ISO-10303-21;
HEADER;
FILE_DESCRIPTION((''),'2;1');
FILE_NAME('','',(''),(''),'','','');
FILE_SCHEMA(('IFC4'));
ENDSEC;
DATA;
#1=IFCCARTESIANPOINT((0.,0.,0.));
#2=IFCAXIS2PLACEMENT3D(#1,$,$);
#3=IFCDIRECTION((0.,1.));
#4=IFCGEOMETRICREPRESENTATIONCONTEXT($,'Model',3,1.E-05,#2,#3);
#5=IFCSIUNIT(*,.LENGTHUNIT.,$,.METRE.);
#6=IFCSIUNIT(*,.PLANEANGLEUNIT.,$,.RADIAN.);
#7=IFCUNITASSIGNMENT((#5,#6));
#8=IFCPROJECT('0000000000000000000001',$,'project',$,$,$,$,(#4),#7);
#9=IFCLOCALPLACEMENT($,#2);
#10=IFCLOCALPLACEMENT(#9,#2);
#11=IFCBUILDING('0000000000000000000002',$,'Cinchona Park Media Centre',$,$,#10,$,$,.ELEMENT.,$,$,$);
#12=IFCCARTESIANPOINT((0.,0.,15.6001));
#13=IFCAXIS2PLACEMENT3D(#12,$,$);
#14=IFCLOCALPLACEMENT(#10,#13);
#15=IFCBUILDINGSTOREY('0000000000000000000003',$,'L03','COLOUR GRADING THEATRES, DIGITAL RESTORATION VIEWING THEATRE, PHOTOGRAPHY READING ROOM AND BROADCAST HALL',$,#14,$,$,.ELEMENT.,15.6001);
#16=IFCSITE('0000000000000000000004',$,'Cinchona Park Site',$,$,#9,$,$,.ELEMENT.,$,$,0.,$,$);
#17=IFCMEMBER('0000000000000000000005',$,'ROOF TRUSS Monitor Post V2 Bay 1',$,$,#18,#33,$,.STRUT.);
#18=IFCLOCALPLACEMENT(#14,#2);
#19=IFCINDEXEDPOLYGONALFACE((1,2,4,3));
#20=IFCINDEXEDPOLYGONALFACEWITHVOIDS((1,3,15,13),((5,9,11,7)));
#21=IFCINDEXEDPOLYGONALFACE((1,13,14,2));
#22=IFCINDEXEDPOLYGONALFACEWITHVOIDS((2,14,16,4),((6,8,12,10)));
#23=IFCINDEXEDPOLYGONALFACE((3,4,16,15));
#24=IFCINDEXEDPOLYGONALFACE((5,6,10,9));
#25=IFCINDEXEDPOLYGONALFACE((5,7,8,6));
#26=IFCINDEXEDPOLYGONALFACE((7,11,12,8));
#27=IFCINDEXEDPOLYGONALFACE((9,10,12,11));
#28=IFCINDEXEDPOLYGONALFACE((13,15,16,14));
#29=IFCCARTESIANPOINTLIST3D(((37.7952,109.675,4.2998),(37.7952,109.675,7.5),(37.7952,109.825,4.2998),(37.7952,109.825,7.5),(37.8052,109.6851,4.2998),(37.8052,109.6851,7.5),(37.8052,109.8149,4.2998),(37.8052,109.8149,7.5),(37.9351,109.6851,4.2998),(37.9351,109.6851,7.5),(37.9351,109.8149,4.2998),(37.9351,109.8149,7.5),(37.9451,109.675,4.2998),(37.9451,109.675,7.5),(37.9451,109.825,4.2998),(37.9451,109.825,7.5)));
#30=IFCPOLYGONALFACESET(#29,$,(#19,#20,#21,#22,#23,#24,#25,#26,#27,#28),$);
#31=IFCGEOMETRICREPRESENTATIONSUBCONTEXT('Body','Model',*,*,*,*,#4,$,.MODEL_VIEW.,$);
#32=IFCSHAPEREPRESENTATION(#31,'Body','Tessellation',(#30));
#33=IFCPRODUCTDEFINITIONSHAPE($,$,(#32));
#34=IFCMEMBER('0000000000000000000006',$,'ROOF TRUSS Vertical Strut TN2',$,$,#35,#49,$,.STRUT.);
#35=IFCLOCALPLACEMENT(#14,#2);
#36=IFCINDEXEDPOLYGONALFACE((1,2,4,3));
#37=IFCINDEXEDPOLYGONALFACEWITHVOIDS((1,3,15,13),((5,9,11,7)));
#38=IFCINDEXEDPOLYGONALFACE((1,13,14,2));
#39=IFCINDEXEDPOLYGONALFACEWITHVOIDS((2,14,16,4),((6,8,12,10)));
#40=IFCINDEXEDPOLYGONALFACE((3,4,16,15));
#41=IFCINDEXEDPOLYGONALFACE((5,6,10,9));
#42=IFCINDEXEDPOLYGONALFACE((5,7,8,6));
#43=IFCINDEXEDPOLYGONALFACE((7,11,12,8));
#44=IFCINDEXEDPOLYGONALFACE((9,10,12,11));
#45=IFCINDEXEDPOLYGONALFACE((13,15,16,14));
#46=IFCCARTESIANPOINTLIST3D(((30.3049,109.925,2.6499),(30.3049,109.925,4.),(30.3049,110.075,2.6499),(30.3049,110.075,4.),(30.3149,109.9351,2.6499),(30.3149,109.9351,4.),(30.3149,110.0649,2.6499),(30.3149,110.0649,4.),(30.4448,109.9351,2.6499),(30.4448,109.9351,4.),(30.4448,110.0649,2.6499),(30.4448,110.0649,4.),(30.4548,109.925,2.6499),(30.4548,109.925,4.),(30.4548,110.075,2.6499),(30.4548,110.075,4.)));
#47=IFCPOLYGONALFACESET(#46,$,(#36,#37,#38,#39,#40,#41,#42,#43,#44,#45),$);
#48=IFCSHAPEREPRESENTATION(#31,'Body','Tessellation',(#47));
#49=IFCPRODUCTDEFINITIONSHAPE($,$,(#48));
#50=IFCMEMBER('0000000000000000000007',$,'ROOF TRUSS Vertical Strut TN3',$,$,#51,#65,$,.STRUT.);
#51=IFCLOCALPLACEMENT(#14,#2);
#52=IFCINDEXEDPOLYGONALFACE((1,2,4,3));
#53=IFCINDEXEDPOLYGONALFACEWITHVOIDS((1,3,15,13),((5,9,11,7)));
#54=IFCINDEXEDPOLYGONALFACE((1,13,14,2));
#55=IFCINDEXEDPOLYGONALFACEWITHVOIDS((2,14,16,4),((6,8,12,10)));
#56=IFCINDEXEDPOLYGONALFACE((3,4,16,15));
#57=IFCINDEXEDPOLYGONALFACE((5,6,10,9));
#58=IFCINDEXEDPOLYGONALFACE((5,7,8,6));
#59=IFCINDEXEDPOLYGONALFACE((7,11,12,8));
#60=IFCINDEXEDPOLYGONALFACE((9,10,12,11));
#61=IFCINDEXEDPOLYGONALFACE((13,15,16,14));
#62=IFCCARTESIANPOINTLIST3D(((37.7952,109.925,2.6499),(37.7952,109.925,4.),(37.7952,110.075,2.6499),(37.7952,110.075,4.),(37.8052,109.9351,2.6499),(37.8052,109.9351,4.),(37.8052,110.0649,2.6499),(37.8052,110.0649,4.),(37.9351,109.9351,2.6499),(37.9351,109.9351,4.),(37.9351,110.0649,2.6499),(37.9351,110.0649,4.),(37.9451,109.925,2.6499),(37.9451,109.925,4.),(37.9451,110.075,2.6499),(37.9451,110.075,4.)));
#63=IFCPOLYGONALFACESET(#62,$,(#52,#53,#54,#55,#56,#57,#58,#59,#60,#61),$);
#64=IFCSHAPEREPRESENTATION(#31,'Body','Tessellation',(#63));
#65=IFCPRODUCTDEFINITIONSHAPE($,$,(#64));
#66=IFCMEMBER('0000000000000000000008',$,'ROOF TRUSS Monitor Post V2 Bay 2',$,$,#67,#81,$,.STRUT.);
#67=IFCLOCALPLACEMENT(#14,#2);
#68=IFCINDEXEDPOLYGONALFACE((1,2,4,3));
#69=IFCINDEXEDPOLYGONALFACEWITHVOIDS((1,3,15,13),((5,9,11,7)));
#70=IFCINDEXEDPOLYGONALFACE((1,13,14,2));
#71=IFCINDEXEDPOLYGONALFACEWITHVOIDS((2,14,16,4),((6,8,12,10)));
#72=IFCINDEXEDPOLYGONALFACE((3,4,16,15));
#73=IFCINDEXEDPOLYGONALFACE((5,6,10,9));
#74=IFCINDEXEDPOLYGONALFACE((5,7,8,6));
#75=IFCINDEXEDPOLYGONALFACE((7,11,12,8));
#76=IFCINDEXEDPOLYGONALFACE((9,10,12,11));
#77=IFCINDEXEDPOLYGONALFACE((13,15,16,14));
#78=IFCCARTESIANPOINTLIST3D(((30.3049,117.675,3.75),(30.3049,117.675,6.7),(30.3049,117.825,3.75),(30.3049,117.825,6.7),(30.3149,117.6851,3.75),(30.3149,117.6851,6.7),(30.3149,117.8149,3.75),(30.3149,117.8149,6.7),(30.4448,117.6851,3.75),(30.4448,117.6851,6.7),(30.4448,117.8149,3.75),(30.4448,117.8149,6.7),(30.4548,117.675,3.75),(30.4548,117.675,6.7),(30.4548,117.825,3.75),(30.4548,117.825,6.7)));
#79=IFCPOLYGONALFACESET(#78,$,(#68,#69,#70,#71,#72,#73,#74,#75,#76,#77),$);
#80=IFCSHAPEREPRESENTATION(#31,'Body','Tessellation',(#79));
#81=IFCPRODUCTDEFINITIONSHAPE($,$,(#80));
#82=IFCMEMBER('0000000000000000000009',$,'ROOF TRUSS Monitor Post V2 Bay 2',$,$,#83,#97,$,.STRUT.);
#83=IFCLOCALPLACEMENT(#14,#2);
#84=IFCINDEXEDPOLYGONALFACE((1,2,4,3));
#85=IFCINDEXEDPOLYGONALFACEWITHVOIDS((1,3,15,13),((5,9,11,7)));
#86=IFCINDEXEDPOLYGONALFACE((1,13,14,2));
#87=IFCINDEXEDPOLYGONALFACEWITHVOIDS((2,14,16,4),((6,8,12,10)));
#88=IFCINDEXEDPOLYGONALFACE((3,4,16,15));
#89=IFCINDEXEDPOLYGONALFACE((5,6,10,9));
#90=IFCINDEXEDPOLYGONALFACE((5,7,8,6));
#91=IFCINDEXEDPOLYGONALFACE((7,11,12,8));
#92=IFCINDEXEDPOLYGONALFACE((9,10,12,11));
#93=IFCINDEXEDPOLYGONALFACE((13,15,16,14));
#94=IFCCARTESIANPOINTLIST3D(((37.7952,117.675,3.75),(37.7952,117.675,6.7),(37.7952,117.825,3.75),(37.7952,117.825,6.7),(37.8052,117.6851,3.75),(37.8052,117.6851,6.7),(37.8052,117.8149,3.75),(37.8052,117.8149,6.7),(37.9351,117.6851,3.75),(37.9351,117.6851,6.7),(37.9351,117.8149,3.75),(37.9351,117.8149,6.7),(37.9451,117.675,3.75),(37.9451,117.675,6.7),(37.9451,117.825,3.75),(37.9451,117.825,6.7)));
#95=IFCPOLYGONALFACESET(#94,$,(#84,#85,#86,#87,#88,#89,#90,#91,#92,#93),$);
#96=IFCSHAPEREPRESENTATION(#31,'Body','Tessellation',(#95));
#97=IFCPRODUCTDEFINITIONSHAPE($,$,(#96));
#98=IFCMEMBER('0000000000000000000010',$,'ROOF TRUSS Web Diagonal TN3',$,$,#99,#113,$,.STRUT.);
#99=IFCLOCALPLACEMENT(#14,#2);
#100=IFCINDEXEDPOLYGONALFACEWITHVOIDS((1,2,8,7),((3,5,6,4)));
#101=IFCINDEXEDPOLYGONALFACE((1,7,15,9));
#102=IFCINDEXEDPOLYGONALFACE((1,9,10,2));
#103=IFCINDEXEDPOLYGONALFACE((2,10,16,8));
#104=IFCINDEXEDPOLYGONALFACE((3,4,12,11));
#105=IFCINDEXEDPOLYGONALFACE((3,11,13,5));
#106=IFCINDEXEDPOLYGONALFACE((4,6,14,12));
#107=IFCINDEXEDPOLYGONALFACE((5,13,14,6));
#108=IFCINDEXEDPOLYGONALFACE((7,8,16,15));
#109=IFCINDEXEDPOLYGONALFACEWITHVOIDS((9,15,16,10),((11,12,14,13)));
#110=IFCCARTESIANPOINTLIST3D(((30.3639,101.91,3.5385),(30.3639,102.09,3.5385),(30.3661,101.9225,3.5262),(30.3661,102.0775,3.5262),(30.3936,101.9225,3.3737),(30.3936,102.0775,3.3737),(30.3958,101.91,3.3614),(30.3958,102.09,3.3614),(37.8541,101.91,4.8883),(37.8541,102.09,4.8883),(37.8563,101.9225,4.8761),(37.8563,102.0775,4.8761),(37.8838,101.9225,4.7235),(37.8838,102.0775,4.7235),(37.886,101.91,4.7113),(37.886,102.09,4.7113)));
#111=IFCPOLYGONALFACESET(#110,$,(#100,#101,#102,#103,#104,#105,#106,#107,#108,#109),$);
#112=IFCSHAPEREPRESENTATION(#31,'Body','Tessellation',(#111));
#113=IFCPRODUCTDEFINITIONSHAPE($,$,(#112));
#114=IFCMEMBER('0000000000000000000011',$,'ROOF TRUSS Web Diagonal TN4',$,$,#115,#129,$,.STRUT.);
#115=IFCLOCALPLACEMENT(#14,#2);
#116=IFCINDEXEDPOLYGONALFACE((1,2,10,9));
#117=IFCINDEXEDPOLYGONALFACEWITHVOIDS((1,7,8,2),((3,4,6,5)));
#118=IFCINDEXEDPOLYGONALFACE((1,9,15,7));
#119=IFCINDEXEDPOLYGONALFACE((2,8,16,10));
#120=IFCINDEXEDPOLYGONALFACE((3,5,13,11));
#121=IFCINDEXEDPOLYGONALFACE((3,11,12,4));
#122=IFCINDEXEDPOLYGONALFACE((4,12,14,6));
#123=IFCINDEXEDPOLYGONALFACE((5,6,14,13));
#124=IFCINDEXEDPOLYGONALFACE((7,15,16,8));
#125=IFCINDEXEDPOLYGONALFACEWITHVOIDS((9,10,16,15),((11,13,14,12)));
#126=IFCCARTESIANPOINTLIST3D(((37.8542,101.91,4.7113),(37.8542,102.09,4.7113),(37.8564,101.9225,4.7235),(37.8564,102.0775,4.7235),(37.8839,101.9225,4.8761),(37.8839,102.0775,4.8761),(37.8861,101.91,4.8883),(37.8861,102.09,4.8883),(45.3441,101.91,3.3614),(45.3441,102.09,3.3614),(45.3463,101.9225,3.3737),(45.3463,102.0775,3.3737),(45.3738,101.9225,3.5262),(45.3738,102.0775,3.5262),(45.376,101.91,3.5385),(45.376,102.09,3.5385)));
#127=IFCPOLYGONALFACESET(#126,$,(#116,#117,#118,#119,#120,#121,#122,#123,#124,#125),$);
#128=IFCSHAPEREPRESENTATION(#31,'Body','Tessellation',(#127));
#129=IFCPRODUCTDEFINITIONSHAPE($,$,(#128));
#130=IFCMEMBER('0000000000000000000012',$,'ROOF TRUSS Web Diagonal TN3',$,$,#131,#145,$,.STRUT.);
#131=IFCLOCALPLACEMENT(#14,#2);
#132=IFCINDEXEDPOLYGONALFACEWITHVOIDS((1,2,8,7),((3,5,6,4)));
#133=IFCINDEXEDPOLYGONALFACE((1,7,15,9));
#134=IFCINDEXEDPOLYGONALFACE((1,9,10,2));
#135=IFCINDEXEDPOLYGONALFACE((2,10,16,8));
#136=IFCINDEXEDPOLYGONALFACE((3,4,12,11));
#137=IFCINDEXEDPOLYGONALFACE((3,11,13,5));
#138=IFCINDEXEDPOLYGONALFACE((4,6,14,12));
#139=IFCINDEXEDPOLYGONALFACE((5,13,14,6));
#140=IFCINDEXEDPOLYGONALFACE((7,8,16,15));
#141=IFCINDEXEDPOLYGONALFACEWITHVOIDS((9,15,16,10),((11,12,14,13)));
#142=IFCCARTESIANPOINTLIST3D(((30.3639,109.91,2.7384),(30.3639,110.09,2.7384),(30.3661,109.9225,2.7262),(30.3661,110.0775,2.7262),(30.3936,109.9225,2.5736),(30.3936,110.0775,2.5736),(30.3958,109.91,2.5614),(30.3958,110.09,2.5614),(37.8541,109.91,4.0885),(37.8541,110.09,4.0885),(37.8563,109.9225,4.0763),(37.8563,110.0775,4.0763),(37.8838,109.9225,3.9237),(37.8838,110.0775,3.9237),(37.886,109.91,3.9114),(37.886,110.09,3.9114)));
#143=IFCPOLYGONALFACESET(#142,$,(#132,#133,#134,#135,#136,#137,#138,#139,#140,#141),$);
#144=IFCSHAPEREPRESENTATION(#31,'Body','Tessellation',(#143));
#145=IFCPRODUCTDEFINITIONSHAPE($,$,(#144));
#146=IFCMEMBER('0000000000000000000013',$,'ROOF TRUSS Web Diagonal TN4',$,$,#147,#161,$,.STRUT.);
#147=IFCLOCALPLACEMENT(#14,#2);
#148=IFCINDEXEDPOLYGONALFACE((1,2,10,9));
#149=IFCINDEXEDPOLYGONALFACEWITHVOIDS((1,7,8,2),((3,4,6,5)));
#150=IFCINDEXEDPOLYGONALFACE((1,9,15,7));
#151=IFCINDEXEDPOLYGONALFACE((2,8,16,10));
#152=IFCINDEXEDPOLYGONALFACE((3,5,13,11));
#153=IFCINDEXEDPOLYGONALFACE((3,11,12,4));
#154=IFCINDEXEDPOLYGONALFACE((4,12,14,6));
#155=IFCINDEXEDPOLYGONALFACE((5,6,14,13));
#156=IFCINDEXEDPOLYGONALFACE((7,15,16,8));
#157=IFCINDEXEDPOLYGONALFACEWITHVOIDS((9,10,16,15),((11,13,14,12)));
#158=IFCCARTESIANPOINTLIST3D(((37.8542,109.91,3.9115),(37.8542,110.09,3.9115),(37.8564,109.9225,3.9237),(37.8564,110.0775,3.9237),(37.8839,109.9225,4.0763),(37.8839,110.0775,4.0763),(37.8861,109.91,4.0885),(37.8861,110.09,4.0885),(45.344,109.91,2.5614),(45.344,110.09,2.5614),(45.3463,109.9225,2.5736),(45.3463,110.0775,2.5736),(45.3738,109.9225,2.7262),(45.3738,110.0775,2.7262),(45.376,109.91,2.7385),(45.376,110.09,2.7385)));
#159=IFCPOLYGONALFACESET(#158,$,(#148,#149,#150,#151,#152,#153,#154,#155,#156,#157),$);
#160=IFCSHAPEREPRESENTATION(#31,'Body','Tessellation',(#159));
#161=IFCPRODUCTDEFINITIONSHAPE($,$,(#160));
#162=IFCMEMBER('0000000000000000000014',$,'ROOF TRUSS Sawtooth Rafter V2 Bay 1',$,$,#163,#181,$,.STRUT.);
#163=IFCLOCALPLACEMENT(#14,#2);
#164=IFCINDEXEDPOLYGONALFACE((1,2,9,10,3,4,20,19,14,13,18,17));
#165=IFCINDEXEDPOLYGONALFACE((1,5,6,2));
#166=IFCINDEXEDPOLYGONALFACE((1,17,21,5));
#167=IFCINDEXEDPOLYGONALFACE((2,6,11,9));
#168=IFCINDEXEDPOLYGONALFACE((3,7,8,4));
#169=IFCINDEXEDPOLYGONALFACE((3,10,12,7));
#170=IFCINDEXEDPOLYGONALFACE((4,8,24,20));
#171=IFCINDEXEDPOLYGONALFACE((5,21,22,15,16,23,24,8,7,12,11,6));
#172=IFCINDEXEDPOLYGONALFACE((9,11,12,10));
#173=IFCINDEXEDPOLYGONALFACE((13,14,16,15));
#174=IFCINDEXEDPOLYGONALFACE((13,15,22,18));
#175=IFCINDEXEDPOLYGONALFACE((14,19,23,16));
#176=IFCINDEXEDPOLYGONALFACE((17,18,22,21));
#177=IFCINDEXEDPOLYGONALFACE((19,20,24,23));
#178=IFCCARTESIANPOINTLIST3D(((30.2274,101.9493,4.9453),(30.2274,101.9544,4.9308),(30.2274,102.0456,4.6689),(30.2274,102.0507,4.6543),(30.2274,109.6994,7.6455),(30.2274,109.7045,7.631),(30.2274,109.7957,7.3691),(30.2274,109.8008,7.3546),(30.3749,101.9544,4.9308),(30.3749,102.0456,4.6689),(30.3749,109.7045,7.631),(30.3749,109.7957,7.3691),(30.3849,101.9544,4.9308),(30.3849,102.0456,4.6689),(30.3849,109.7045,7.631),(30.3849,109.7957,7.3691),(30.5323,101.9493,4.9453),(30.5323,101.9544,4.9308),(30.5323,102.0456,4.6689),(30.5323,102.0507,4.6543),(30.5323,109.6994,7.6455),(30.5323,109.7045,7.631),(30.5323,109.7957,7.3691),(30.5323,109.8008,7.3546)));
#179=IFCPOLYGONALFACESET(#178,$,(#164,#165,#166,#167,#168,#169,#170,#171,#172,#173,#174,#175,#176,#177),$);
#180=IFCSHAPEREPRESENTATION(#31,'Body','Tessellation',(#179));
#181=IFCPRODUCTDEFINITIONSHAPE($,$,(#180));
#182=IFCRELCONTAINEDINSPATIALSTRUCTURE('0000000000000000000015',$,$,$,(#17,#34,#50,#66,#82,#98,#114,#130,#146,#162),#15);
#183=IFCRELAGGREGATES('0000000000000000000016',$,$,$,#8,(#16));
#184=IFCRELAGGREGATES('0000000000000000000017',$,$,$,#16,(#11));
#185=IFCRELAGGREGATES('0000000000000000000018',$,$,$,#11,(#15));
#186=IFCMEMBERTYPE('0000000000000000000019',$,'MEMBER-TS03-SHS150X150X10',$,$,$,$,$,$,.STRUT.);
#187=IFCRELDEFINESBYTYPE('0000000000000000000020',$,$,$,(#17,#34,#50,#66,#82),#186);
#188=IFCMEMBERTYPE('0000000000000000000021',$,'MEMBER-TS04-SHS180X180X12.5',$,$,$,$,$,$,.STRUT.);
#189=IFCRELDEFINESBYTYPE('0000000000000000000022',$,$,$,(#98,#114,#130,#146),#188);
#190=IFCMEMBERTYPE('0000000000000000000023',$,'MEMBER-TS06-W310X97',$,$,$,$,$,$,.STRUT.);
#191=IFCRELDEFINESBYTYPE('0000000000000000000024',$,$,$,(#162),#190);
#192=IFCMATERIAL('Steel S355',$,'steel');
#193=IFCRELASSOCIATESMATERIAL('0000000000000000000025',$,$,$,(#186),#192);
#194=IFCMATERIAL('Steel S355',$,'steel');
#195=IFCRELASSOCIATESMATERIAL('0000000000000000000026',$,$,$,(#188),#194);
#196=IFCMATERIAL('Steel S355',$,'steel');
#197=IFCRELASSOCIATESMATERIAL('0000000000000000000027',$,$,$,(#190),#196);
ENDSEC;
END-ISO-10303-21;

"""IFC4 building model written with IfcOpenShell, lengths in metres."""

from ifc_helpers import new_model, si_unit, direction, frame, origin, origin_2d, place, context, subcontext, project, spatial, hollow_rectangle, i_section, extrude, material, material_profile, profile_set, type_object, element, save


model = new_model("IFC4")

# Units and contexts
model_context = context("Model", 3, precision=1e-05, world=origin(), true_north=direction((0.0, 1.0)))
body_context = subcontext(model_context, "Body", "Model", "MODEL_VIEW")
ifc_project = project(units=[si_unit("LENGTHUNIT", "METRE"), si_unit("PLANEANGLEUNIT", "RADIAN")], contexts=[model_context])

# Site, building, storey
site_placement = place(None, origin())
site = spatial("IfcSite", under=ifc_project, at=site_placement, Name="Cinchona Park Site", CompositionType="ELEMENT", RefElevation=0.0)
building_placement = place(site_placement, origin())
building = spatial("IfcBuilding", under=site, at=building_placement, Name="Cinchona Park Media Centre", CompositionType="ELEMENT")
storey_placement = place(building_placement, frame((0.0, 0.0, 15.6001)))
storey = spatial("IfcBuildingStorey", under=building, at=storey_placement, Name="L03", Description="COLOUR GRADING THEATRES, DIGITAL RESTORATION VIEWING THEATRE, PHOTOGRAPHY READING ROOM AND BROADCAST HALL", CompositionType="ELEMENT", Elevation=15.6001)

# Members
ifc_material_1 = material(Name="Steel S355", Category="steel")
ifc_material_profile_1 = material_profile(ifc_material_1, hollow_rectangle(XDim=0.1499, YDim=0.1499, WallThickness=0.01, at=origin_2d()), Name="150X150X10SHS")
ifc_profile_set_1 = profile_set([ifc_material_profile_1], Name="Steel S355")
member_type_1 = type_object("IfcMemberType", Name="MEMBER-TS03-SHS150X150X10", PredefinedType="STRUT", material=ifc_profile_set_1)
for number, where, z_axis, x_axis, name in (
    (1, (37.8701, 109.75, 4.2998), (0.0, 0.0, 1.0), (1.0, 0.0, 0.0), "ROOF TRUSS Monitor Post V2 Bay 1"),
):
    element("IfcMember", number, at=place(storey_placement, frame(where, z_axis=z_axis, x_axis=x_axis)), inside=storey, type_object=member_type_1, Name=name, PredefinedType="STRUT", context=body_context, shape_type="SweptSolid", body=[
        extrude(hollow_rectangle(XDim=0.1499, YDim=0.1499, WallThickness=0.01, at=origin_2d()), origin(), (0.0, 0.0, 1.0), 3.2002),
    ])
for number, where, z_axis, x_axis, name in (
    (2, (30.3799, 110.0, 2.6499), (0.0, 0.0, 1.0), (1.0, 0.0, 0.0), "ROOF TRUSS Vertical Strut TN2"),
    (3, (37.8701, 110.0, 2.6499), (0.0, 0.0, 1.0), (1.0, 0.0, 0.0), "ROOF TRUSS Vertical Strut TN3"),
):
    element("IfcMember", number, at=place(storey_placement, frame(where, z_axis=z_axis, x_axis=x_axis)), inside=storey, type_object=member_type_1, Name=name, PredefinedType="STRUT", context=body_context, shape_type="SweptSolid", body=[
        extrude(hollow_rectangle(XDim=0.1499, YDim=0.1499, WallThickness=0.01, at=origin_2d()), origin(), (0.0, 0.0, 1.0), 1.3501),
    ])
for number, where, z_axis, x_axis, name in (
    (4, (30.3799, 117.75, 3.75), (0.0, 0.0, 1.0), (1.0, 0.0, 0.0), "ROOF TRUSS Monitor Post V2 Bay 2"),
    (5, (37.8701, 117.75, 3.75), (0.0, 0.0, 1.0), (1.0, 0.0, 0.0), "ROOF TRUSS Monitor Post V2 Bay 2"),
):
    element("IfcMember", number, at=place(storey_placement, frame(where, z_axis=z_axis, x_axis=x_axis)), inside=storey, type_object=member_type_1, Name=name, PredefinedType="STRUT", context=body_context, shape_type="SweptSolid", body=[
        extrude(hollow_rectangle(XDim=0.1499, YDim=0.1499, WallThickness=0.01, at=origin_2d()), origin(), (0.0, 0.0, 1.0), 2.95),
    ])
ifc_material_2 = material(Name="Steel S355", Category="steel")
ifc_material_profile_2 = material_profile(ifc_material_2, hollow_rectangle(XDim=0.1799, YDim=0.1799, WallThickness=0.0125, at=origin_2d()), Name="180X180X12.5SHS")
ifc_profile_set_2 = profile_set([ifc_material_profile_2], Name="Steel S355")
member_type_2 = type_object("IfcMemberType", Name="MEMBER-TS04-SHS180X180X12.5", PredefinedType="STRUT", material=ifc_profile_set_2)
member_1_placement = place(storey_placement, frame((30.3799, 102.0, 3.45), z_axis=(0.984146, 0.0, 0.177358), x_axis=(0.0, 1.0, 0.0)))
element("IfcMember", 6, at=member_1_placement, inside=storey, type_object=member_type_2, Name="ROOF TRUSS Web Diagonal TN3", PredefinedType="STRUT", context=body_context, shape_type="SweptSolid", body=[
    extrude(hollow_rectangle(XDim=0.1799, YDim=0.1799, WallThickness=0.0125, at=origin_2d()), origin(), (0.0, 0.0, 1.0), 7.6108),
])
member_2_placement = place(storey_placement, frame((37.8701, 102.0, 4.7998), z_axis=(0.984145, 0.0, -0.177364), x_axis=(0.0, 1.0, 0.0)))
element("IfcMember", 7, at=member_2_placement, inside=storey, type_object=member_type_2, Name="ROOF TRUSS Web Diagonal TN4", PredefinedType="STRUT", context=body_context, shape_type="SweptSolid", body=[
    extrude(hollow_rectangle(XDim=0.1799, YDim=0.1799, WallThickness=0.0125, at=origin_2d()), origin(), (0.0, 0.0, 1.0), 7.6106),
])
member_3_placement = place(storey_placement, frame((30.3799, 110.0, 2.6499), z_axis=(0.984141, 0.0, 0.177389), x_axis=(0.0, 1.0, 0.0)))
element("IfcMember", 8, at=member_3_placement, inside=storey, type_object=member_type_2, Name="ROOF TRUSS Web Diagonal TN3", PredefinedType="STRUT", context=body_context, shape_type="SweptSolid", body=[
    extrude(hollow_rectangle(XDim=0.1799, YDim=0.1799, WallThickness=0.0125, at=origin_2d()), origin(), (0.0, 0.0, 1.0), 7.6108),
])
member_4_placement = place(storey_placement, frame((37.8701, 110.0, 4.0), z_axis=(0.98414, 0.0, -0.177395), x_axis=(0.0, 1.0, 0.0)))
element("IfcMember", 9, at=member_4_placement, inside=storey, type_object=member_type_2, Name="ROOF TRUSS Web Diagonal TN4", PredefinedType="STRUT", context=body_context, shape_type="SweptSolid", body=[
    extrude(hollow_rectangle(XDim=0.1799, YDim=0.1799, WallThickness=0.0125, at=origin_2d()), origin(), (0.0, 0.0, 1.0), 7.6106),
])
ifc_material_3 = material(Name="Steel S355", Category="steel")
ifc_material_profile_3 = material_profile(ifc_material_3, i_section(OverallWidth=0.3049, OverallDepth=0.3081, WebThickness=0.01, FlangeThickness=0.0154, at=origin_2d()), Name="W310X97")
ifc_profile_set_3 = profile_set([ifc_material_profile_3], Name="Steel S355")
member_type_3 = type_object("IfcMemberType", Name="MEMBER-TS06-W310X97", PredefinedType="STRUT", material=ifc_profile_set_3)
for number, where, z_axis, x_axis, name in (
    (10, (30.3799, 102.0, 4.7998), (0.0, 0.944325, 0.329014), (-1.0, 0.0, 0.0), "ROOF TRUSS Sawtooth Rafter V2 Bay 1"),
):
    element("IfcMember", number, at=place(storey_placement, frame(where, z_axis=z_axis, x_axis=x_axis)), inside=storey, type_object=member_type_3, Name=name, PredefinedType="STRUT", context=body_context, shape_type="SweptSolid", body=[
        extrude(i_section(OverallWidth=0.3049, OverallDepth=0.3081, WebThickness=0.01, FlangeThickness=0.0154, at=origin_2d()), origin(), (0.0, 0.0, 1.0), 8.207),
    ])

save(model, "model.ifc")
